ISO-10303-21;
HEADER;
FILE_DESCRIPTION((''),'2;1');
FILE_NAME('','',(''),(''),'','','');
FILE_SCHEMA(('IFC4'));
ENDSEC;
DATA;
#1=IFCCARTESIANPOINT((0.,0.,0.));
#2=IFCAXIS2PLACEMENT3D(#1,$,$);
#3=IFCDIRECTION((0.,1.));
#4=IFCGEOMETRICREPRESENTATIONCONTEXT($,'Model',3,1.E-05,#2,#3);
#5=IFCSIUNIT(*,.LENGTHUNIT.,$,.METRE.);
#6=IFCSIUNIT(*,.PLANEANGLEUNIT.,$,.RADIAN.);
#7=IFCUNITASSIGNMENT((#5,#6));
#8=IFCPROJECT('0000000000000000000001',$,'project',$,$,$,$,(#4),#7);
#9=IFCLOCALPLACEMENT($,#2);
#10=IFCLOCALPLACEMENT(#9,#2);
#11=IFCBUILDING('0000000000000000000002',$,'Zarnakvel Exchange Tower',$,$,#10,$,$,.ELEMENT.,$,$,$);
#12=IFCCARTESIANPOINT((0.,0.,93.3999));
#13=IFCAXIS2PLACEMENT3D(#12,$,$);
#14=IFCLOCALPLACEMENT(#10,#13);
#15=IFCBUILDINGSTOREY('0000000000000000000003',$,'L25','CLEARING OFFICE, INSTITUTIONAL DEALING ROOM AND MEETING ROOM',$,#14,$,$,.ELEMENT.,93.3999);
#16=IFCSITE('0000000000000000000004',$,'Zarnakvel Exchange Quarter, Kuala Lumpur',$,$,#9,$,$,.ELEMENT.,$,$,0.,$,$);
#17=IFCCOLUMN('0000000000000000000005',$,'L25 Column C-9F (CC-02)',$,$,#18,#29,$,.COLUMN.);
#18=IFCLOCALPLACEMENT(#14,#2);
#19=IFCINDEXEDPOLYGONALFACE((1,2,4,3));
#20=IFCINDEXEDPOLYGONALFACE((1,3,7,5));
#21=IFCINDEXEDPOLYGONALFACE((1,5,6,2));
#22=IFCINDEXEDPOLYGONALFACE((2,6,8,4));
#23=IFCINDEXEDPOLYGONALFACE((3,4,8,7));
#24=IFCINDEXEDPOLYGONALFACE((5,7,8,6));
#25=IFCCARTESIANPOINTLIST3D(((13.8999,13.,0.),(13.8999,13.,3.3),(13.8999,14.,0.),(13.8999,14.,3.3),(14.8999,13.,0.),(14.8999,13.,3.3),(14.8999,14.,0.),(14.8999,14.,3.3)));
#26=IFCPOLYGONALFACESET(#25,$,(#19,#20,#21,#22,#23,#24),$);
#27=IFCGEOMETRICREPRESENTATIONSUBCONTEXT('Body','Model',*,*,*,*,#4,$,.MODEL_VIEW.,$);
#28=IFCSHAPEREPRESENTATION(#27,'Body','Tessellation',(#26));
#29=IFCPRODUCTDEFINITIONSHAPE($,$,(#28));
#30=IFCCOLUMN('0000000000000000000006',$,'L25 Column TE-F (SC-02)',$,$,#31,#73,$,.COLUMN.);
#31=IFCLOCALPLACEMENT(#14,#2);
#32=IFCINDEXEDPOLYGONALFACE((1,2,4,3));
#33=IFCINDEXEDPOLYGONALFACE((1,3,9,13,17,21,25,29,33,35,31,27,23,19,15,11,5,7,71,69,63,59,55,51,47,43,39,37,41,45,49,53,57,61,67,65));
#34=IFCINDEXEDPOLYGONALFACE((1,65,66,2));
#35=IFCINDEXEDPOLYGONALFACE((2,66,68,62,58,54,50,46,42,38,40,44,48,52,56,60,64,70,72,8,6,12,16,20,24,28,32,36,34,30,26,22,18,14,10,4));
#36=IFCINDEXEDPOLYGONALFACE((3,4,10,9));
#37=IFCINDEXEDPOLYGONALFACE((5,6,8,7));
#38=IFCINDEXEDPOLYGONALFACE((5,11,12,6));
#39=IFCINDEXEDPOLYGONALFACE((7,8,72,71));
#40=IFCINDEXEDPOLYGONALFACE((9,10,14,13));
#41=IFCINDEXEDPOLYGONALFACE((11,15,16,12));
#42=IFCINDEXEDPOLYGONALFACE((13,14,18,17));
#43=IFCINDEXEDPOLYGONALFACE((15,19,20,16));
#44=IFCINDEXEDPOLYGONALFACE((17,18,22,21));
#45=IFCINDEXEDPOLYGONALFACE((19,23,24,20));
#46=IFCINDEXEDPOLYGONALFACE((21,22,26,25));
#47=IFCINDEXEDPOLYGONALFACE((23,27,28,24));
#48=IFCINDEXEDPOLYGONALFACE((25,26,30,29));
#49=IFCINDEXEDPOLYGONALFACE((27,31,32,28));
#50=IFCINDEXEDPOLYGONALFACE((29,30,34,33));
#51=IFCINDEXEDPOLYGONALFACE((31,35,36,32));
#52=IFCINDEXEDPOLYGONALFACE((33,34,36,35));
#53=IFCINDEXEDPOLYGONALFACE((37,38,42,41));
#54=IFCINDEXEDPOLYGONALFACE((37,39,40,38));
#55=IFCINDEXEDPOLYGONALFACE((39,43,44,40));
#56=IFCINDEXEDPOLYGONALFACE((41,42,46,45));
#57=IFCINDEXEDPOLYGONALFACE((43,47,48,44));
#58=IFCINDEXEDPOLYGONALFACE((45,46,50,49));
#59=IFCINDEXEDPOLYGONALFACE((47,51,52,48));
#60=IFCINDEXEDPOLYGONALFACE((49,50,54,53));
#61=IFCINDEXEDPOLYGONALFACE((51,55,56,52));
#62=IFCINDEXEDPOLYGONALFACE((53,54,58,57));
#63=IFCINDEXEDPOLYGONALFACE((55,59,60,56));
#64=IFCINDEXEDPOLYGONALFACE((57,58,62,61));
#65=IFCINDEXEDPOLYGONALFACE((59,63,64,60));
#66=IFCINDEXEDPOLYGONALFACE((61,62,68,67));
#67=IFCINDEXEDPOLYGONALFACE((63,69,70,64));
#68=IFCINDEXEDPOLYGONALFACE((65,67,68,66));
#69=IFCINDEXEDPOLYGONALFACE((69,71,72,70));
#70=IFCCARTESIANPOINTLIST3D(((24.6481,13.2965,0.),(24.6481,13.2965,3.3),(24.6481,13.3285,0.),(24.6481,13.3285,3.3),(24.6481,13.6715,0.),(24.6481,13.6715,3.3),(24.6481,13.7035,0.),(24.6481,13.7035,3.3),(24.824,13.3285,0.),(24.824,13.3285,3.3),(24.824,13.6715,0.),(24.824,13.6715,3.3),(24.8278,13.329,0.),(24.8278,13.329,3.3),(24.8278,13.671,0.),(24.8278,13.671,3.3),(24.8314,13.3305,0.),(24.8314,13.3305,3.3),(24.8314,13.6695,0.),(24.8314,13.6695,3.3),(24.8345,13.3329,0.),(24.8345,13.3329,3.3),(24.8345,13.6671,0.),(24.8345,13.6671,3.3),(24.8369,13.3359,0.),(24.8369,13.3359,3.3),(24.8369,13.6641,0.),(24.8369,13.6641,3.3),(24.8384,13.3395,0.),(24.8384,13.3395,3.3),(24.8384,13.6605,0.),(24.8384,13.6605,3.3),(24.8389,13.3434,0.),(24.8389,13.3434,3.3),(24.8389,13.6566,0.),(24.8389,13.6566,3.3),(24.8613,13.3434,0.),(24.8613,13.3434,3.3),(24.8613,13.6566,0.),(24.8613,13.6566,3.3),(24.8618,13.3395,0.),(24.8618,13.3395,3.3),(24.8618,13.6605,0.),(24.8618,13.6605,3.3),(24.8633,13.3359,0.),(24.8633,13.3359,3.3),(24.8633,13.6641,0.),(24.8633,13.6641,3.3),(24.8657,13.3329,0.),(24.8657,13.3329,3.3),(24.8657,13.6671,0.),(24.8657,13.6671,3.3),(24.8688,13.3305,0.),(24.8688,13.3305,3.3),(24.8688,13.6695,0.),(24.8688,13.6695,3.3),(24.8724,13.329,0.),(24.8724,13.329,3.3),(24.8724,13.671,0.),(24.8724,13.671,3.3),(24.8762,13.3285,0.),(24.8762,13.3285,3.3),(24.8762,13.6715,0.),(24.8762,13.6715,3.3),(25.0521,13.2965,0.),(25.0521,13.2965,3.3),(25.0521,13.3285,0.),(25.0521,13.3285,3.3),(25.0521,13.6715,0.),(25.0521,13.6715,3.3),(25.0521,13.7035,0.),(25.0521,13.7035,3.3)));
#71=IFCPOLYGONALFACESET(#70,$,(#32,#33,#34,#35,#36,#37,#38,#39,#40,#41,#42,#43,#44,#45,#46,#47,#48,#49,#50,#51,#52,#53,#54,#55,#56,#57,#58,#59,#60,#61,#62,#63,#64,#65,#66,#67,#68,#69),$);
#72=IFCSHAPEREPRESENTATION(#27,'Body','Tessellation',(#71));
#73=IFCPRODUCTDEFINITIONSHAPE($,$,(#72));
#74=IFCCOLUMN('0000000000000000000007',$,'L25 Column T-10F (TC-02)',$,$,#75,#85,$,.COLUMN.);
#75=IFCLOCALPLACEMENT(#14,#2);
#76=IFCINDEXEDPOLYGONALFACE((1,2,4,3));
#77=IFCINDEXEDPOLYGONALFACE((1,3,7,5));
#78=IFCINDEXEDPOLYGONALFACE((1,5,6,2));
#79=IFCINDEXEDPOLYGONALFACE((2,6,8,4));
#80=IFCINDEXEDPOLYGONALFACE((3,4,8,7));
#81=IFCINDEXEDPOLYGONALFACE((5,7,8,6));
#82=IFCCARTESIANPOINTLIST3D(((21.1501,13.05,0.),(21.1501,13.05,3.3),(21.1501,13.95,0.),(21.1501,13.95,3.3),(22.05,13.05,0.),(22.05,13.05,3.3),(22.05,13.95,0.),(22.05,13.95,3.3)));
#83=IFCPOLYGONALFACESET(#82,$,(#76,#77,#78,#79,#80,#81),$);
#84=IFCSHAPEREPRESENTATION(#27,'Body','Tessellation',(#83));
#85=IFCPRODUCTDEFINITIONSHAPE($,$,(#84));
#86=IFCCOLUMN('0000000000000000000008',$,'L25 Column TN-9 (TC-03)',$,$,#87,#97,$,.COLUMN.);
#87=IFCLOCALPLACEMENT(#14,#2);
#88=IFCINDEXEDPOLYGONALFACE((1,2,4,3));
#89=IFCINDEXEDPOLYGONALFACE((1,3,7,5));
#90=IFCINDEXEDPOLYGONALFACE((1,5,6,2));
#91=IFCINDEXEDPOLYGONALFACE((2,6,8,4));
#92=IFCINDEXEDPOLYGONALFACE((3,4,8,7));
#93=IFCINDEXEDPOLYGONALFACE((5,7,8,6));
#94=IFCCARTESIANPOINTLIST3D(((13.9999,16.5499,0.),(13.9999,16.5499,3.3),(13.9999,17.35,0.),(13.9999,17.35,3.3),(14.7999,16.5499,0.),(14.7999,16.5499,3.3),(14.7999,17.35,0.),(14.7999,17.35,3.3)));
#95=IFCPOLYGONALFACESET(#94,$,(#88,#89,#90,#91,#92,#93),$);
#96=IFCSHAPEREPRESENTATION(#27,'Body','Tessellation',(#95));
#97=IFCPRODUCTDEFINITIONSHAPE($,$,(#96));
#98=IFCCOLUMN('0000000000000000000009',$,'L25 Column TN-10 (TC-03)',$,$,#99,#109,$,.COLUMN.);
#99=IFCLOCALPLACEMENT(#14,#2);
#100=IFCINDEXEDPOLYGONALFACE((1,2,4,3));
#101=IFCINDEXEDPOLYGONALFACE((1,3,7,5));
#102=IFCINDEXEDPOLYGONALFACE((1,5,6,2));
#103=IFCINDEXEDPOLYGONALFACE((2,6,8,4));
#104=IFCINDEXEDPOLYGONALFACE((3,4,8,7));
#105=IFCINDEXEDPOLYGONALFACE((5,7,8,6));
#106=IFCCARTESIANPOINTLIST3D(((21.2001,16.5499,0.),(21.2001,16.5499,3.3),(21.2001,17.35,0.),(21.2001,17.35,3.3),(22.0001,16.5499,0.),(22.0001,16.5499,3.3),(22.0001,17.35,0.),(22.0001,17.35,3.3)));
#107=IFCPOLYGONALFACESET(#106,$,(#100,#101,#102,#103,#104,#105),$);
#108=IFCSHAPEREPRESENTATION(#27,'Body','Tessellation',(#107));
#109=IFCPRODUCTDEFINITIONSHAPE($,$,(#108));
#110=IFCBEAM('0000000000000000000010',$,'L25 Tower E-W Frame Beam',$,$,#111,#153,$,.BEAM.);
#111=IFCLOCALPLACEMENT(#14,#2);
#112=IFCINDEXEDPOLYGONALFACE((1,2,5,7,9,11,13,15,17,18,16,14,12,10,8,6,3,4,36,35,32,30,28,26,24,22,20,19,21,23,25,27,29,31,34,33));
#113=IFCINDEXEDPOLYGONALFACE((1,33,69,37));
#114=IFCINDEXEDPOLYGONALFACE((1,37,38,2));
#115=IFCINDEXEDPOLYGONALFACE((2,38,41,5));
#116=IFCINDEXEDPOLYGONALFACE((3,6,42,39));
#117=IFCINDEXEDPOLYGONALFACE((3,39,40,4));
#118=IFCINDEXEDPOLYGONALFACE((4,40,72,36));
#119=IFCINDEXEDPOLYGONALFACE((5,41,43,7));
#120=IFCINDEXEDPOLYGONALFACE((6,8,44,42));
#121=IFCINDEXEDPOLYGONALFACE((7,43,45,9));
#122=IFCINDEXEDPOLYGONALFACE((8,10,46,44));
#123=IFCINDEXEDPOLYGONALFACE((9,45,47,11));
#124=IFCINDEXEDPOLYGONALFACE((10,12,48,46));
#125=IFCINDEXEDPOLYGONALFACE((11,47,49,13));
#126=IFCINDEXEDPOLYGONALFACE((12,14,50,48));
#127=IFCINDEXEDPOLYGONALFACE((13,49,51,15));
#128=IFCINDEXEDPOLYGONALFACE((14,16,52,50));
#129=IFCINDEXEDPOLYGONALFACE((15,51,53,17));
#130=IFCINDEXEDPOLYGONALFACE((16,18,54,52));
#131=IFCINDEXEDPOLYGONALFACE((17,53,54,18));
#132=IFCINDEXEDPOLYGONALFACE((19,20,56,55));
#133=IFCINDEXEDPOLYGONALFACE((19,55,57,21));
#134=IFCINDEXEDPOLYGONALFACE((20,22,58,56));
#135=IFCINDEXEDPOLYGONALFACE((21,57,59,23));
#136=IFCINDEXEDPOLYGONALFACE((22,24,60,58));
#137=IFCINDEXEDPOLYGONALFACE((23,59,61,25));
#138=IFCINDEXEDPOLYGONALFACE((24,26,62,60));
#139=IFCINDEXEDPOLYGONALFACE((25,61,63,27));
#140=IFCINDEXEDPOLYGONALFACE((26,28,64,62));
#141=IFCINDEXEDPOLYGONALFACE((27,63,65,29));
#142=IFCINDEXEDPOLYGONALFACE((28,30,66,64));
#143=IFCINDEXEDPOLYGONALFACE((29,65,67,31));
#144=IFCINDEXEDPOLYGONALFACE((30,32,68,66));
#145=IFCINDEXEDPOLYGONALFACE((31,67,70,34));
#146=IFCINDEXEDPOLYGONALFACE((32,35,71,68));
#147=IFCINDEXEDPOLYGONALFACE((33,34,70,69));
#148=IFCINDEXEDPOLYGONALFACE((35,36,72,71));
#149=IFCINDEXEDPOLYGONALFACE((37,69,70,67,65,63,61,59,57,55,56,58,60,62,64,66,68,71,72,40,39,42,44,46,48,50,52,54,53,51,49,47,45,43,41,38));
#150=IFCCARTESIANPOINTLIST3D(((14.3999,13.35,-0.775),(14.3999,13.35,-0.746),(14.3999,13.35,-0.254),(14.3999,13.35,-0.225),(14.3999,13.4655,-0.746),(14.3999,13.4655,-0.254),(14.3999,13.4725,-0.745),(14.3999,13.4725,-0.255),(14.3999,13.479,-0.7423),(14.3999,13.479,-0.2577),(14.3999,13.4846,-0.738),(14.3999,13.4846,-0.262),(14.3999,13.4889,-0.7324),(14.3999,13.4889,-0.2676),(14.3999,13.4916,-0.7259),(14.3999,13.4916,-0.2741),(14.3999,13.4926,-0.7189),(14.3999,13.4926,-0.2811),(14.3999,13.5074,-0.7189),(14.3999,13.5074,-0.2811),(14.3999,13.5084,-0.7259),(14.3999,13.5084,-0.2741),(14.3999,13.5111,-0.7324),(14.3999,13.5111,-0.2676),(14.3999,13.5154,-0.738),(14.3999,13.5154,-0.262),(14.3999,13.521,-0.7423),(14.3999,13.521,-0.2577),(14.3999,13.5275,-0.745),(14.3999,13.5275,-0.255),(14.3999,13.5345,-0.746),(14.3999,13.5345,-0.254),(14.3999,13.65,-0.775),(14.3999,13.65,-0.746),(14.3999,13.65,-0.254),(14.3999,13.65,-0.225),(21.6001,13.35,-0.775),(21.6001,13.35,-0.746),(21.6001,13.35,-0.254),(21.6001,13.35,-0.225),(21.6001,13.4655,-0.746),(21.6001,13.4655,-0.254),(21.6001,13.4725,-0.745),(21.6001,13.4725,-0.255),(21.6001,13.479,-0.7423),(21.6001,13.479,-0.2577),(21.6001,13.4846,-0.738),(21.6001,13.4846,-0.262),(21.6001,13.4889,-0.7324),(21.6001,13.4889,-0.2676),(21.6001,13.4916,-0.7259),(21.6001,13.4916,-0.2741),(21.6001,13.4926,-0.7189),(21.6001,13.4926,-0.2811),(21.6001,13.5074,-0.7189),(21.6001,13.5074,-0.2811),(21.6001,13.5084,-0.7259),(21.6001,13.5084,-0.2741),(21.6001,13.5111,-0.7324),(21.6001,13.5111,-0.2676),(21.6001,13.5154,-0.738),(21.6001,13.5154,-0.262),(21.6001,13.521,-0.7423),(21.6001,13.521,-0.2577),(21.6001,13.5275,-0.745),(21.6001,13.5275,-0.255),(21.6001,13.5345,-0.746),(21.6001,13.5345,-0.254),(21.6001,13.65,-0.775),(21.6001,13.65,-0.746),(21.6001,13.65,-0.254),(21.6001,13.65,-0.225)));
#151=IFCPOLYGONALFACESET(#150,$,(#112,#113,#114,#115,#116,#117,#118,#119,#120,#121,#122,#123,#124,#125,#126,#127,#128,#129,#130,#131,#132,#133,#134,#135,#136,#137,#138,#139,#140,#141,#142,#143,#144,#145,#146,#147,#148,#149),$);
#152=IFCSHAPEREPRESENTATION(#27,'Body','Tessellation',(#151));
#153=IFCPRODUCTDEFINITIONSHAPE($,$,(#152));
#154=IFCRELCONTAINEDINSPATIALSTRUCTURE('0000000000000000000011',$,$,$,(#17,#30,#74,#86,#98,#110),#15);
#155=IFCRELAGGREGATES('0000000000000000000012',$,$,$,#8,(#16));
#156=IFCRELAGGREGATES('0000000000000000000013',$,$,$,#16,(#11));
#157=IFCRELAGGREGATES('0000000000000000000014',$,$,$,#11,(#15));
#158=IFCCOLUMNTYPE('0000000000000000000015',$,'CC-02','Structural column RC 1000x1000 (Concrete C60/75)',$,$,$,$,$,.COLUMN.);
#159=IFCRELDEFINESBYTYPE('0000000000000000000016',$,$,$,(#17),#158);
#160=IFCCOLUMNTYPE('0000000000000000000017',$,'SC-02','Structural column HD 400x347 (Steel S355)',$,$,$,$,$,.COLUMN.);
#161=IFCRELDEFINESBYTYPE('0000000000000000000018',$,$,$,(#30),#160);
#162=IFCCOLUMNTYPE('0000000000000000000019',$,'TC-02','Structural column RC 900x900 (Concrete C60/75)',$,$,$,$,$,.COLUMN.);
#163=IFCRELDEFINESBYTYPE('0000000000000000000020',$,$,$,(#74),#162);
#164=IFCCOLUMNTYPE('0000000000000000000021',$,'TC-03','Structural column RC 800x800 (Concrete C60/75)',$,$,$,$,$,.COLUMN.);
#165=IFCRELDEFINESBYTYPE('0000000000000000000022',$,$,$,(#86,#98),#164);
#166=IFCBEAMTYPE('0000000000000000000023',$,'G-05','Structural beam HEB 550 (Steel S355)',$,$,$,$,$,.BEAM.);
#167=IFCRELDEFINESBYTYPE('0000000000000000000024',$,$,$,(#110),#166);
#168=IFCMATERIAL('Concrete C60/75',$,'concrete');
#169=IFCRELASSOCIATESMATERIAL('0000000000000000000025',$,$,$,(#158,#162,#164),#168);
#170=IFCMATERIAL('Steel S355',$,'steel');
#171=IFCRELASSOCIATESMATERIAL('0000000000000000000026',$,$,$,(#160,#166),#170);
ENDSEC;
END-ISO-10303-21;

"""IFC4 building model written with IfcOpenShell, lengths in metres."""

from ifc_helpers import new_model, si_unit, direction, frame, origin, origin_2d, place, context, subcontext, project, spatial, rectangle, i_section, extrude, material, material_profile, profile_set, type_object, element, save


model = new_model("IFC4")

# Units and contexts
model_context = context("Model", 3, precision=1e-05, world=origin(), true_north=direction((0.0, 1.0)))
body_context = subcontext(model_context, "Body", "Model", "MODEL_VIEW")
ifc_project = project(units=[si_unit("LENGTHUNIT", "METRE"), si_unit("PLANEANGLEUNIT", "RADIAN")], contexts=[model_context])

# Site, building, storey
site_placement = place(None, origin())
site = spatial("IfcSite", under=ifc_project, at=site_placement, Name="Zarnakvel Exchange Quarter, Kuala Lumpur", CompositionType="ELEMENT", RefElevation=0.0)
building_placement = place(site_placement, origin())
building = spatial("IfcBuilding", under=site, at=building_placement, Name="Zarnakvel Exchange Tower", CompositionType="ELEMENT")
storey_placement = place(building_placement, frame((0.0, 0.0, 93.3999)))
storey = spatial("IfcBuildingStorey", under=building, at=storey_placement, Name="L25", Description="CLEARING OFFICE, INSTITUTIONAL DEALING ROOM AND MEETING ROOM", CompositionType="ELEMENT", Elevation=93.3999)

# Columns
ifc_material_1 = material(Name="Concrete C60/75", Category="concrete")
ifc_material_profile_1 = material_profile(ifc_material_1, rectangle(XDim=1.0, YDim=1.0, at=origin_2d()))
ifc_profile_set_1 = profile_set([ifc_material_profile_1], Name="Concrete C60/75")
column_type_1 = type_object("IfcColumnType", Name="CC-02", Description="Structural column RC 1000x1000 (Concrete C60/75)", PredefinedType="COLUMN", material=ifc_profile_set_1)
column_1_placement = place(storey_placement, frame((14.3999, 13.5, 0.0), z_axis=(0.0, 0.0, 1.0), x_axis=(1.0, 0.0, 0.0)))
element("IfcColumn", 1, at=column_1_placement, inside=storey, type_object=column_type_1, Name="L25 Column C-9F (CC-02)", PredefinedType="COLUMN", context=body_context, shape_type="SweptSolid", body=[
    extrude(rectangle(XDim=1.0, YDim=1.0, at=origin_2d()), origin(), (0.0, 0.0, 1.0), 3.3),
])
ifc_material_2 = material(Name="Steel S355", Category="steel")
ifc_material_profile_2 = material_profile(ifc_material_2, i_section(OverallWidth=0.4041, OverallDepth=0.407, WebThickness=0.0225, FlangeThickness=0.032, FilletRadius=0.0149, at=origin_2d()))
ifc_profile_set_2 = profile_set([ifc_material_profile_2], Name="Steel S355")
column_type_2 = type_object("IfcColumnType", Name="SC-02", Description="Structural column HD 400x347 (Steel S355)", PredefinedType="COLUMN", material=ifc_profile_set_2)
column_2_placement = place(storey_placement, frame((24.8501, 13.5, 0.0), z_axis=(0.0, 0.0, 1.0), x_axis=(1.0, 0.0, 0.0)))
element("IfcColumn", 2, at=column_2_placement, inside=storey, type_object=column_type_2, Name="L25 Column TE-F (SC-02)", PredefinedType="COLUMN", context=body_context, shape_type="SweptSolid", body=[
    extrude(i_section(OverallWidth=0.4041, OverallDepth=0.407, WebThickness=0.0225, FlangeThickness=0.032, FilletRadius=0.0149, at=origin_2d()), origin(), (0.0, 0.0, 1.0), 3.3),
])
ifc_material_profile_3 = material_profile(ifc_material_1, rectangle(XDim=0.8999, YDim=0.8999, at=origin_2d()))
ifc_profile_set_3 = profile_set([ifc_material_profile_3], Name="Concrete C60/75")
column_type_3 = type_object("IfcColumnType", Name="TC-02", Description="Structural column RC 900x900 (Concrete C60/75)", PredefinedType="COLUMN", material=ifc_profile_set_3)
column_3_placement = place(storey_placement, frame((21.6001, 13.5, 0.0), z_axis=(0.0, 0.0, 1.0), x_axis=(1.0, 0.0, 0.0)))
element("IfcColumn", 3, at=column_3_placement, inside=storey, type_object=column_type_3, Name="L25 Column T-10F (TC-02)", PredefinedType="COLUMN", context=body_context, shape_type="SweptSolid", body=[
    extrude(rectangle(XDim=0.8999, YDim=0.8999, at=origin_2d()), origin(), (0.0, 0.0, 1.0), 3.3),
])
ifc_material_profile_4 = material_profile(ifc_material_1, rectangle(XDim=0.8, YDim=0.8, at=origin_2d()))
ifc_profile_set_4 = profile_set([ifc_material_profile_4], Name="Concrete C60/75")
column_type_4 = type_object("IfcColumnType", Name="TC-03", Description="Structural column RC 800x800 (Concrete C60/75)", PredefinedType="COLUMN", material=ifc_profile_set_4)
for number, where, z_axis, x_axis, name in (
    (4, (14.3999, 16.95, 0.0), (0.0, 0.0, 1.0), (1.0, 0.0, 0.0), "L25 Column TN-9 (TC-03)"),
    (5, (21.6001, 16.95, 0.0), (0.0, 0.0, 1.0), (1.0, 0.0, 0.0), "L25 Column TN-10 (TC-03)"),
):
    element("IfcColumn", number, at=place(storey_placement, frame(where, z_axis=z_axis, x_axis=x_axis)), inside=storey, type_object=column_type_4, Name=name, PredefinedType="COLUMN", context=body_context, shape_type="SweptSolid", body=[
        extrude(rectangle(XDim=0.8, YDim=0.8, at=origin_2d()), origin(), (0.0, 0.0, 1.0), 3.3),
    ])

# Beam
ifc_material_profile_5 = material_profile(ifc_material_2, i_section(OverallWidth=0.3, OverallDepth=0.55, WebThickness=0.0149, FlangeThickness=0.0291, FilletRadius=0.0271, at=origin_2d()))
ifc_profile_set_5 = profile_set([ifc_material_profile_5], Name="Steel S355")
beam_type_1 = type_object("IfcBeamType", Name="G-05", Description="Structural beam HEB 550 (Steel S355)", PredefinedType="BEAM", material=ifc_profile_set_5)
beam_1_placement = place(storey_placement, frame((14.3999, 13.5, -0.5), z_axis=(1.0, 0.0, 0.0), x_axis=(0.0, 1.0, 0.0)))
element("IfcBeam", 6, at=beam_1_placement, inside=storey, type_object=beam_type_1, Name="L25 Tower E-W Frame Beam", PredefinedType="BEAM", context=body_context, shape_type="SweptSolid", body=[
    extrude(i_section(OverallWidth=0.3, OverallDepth=0.55, WebThickness=0.0149, FlangeThickness=0.0291, FilletRadius=0.0271, at=origin_2d()), origin(), (0.0, 0.0, 1.0), 7.2002),
])

save(model, "model.ifc")
